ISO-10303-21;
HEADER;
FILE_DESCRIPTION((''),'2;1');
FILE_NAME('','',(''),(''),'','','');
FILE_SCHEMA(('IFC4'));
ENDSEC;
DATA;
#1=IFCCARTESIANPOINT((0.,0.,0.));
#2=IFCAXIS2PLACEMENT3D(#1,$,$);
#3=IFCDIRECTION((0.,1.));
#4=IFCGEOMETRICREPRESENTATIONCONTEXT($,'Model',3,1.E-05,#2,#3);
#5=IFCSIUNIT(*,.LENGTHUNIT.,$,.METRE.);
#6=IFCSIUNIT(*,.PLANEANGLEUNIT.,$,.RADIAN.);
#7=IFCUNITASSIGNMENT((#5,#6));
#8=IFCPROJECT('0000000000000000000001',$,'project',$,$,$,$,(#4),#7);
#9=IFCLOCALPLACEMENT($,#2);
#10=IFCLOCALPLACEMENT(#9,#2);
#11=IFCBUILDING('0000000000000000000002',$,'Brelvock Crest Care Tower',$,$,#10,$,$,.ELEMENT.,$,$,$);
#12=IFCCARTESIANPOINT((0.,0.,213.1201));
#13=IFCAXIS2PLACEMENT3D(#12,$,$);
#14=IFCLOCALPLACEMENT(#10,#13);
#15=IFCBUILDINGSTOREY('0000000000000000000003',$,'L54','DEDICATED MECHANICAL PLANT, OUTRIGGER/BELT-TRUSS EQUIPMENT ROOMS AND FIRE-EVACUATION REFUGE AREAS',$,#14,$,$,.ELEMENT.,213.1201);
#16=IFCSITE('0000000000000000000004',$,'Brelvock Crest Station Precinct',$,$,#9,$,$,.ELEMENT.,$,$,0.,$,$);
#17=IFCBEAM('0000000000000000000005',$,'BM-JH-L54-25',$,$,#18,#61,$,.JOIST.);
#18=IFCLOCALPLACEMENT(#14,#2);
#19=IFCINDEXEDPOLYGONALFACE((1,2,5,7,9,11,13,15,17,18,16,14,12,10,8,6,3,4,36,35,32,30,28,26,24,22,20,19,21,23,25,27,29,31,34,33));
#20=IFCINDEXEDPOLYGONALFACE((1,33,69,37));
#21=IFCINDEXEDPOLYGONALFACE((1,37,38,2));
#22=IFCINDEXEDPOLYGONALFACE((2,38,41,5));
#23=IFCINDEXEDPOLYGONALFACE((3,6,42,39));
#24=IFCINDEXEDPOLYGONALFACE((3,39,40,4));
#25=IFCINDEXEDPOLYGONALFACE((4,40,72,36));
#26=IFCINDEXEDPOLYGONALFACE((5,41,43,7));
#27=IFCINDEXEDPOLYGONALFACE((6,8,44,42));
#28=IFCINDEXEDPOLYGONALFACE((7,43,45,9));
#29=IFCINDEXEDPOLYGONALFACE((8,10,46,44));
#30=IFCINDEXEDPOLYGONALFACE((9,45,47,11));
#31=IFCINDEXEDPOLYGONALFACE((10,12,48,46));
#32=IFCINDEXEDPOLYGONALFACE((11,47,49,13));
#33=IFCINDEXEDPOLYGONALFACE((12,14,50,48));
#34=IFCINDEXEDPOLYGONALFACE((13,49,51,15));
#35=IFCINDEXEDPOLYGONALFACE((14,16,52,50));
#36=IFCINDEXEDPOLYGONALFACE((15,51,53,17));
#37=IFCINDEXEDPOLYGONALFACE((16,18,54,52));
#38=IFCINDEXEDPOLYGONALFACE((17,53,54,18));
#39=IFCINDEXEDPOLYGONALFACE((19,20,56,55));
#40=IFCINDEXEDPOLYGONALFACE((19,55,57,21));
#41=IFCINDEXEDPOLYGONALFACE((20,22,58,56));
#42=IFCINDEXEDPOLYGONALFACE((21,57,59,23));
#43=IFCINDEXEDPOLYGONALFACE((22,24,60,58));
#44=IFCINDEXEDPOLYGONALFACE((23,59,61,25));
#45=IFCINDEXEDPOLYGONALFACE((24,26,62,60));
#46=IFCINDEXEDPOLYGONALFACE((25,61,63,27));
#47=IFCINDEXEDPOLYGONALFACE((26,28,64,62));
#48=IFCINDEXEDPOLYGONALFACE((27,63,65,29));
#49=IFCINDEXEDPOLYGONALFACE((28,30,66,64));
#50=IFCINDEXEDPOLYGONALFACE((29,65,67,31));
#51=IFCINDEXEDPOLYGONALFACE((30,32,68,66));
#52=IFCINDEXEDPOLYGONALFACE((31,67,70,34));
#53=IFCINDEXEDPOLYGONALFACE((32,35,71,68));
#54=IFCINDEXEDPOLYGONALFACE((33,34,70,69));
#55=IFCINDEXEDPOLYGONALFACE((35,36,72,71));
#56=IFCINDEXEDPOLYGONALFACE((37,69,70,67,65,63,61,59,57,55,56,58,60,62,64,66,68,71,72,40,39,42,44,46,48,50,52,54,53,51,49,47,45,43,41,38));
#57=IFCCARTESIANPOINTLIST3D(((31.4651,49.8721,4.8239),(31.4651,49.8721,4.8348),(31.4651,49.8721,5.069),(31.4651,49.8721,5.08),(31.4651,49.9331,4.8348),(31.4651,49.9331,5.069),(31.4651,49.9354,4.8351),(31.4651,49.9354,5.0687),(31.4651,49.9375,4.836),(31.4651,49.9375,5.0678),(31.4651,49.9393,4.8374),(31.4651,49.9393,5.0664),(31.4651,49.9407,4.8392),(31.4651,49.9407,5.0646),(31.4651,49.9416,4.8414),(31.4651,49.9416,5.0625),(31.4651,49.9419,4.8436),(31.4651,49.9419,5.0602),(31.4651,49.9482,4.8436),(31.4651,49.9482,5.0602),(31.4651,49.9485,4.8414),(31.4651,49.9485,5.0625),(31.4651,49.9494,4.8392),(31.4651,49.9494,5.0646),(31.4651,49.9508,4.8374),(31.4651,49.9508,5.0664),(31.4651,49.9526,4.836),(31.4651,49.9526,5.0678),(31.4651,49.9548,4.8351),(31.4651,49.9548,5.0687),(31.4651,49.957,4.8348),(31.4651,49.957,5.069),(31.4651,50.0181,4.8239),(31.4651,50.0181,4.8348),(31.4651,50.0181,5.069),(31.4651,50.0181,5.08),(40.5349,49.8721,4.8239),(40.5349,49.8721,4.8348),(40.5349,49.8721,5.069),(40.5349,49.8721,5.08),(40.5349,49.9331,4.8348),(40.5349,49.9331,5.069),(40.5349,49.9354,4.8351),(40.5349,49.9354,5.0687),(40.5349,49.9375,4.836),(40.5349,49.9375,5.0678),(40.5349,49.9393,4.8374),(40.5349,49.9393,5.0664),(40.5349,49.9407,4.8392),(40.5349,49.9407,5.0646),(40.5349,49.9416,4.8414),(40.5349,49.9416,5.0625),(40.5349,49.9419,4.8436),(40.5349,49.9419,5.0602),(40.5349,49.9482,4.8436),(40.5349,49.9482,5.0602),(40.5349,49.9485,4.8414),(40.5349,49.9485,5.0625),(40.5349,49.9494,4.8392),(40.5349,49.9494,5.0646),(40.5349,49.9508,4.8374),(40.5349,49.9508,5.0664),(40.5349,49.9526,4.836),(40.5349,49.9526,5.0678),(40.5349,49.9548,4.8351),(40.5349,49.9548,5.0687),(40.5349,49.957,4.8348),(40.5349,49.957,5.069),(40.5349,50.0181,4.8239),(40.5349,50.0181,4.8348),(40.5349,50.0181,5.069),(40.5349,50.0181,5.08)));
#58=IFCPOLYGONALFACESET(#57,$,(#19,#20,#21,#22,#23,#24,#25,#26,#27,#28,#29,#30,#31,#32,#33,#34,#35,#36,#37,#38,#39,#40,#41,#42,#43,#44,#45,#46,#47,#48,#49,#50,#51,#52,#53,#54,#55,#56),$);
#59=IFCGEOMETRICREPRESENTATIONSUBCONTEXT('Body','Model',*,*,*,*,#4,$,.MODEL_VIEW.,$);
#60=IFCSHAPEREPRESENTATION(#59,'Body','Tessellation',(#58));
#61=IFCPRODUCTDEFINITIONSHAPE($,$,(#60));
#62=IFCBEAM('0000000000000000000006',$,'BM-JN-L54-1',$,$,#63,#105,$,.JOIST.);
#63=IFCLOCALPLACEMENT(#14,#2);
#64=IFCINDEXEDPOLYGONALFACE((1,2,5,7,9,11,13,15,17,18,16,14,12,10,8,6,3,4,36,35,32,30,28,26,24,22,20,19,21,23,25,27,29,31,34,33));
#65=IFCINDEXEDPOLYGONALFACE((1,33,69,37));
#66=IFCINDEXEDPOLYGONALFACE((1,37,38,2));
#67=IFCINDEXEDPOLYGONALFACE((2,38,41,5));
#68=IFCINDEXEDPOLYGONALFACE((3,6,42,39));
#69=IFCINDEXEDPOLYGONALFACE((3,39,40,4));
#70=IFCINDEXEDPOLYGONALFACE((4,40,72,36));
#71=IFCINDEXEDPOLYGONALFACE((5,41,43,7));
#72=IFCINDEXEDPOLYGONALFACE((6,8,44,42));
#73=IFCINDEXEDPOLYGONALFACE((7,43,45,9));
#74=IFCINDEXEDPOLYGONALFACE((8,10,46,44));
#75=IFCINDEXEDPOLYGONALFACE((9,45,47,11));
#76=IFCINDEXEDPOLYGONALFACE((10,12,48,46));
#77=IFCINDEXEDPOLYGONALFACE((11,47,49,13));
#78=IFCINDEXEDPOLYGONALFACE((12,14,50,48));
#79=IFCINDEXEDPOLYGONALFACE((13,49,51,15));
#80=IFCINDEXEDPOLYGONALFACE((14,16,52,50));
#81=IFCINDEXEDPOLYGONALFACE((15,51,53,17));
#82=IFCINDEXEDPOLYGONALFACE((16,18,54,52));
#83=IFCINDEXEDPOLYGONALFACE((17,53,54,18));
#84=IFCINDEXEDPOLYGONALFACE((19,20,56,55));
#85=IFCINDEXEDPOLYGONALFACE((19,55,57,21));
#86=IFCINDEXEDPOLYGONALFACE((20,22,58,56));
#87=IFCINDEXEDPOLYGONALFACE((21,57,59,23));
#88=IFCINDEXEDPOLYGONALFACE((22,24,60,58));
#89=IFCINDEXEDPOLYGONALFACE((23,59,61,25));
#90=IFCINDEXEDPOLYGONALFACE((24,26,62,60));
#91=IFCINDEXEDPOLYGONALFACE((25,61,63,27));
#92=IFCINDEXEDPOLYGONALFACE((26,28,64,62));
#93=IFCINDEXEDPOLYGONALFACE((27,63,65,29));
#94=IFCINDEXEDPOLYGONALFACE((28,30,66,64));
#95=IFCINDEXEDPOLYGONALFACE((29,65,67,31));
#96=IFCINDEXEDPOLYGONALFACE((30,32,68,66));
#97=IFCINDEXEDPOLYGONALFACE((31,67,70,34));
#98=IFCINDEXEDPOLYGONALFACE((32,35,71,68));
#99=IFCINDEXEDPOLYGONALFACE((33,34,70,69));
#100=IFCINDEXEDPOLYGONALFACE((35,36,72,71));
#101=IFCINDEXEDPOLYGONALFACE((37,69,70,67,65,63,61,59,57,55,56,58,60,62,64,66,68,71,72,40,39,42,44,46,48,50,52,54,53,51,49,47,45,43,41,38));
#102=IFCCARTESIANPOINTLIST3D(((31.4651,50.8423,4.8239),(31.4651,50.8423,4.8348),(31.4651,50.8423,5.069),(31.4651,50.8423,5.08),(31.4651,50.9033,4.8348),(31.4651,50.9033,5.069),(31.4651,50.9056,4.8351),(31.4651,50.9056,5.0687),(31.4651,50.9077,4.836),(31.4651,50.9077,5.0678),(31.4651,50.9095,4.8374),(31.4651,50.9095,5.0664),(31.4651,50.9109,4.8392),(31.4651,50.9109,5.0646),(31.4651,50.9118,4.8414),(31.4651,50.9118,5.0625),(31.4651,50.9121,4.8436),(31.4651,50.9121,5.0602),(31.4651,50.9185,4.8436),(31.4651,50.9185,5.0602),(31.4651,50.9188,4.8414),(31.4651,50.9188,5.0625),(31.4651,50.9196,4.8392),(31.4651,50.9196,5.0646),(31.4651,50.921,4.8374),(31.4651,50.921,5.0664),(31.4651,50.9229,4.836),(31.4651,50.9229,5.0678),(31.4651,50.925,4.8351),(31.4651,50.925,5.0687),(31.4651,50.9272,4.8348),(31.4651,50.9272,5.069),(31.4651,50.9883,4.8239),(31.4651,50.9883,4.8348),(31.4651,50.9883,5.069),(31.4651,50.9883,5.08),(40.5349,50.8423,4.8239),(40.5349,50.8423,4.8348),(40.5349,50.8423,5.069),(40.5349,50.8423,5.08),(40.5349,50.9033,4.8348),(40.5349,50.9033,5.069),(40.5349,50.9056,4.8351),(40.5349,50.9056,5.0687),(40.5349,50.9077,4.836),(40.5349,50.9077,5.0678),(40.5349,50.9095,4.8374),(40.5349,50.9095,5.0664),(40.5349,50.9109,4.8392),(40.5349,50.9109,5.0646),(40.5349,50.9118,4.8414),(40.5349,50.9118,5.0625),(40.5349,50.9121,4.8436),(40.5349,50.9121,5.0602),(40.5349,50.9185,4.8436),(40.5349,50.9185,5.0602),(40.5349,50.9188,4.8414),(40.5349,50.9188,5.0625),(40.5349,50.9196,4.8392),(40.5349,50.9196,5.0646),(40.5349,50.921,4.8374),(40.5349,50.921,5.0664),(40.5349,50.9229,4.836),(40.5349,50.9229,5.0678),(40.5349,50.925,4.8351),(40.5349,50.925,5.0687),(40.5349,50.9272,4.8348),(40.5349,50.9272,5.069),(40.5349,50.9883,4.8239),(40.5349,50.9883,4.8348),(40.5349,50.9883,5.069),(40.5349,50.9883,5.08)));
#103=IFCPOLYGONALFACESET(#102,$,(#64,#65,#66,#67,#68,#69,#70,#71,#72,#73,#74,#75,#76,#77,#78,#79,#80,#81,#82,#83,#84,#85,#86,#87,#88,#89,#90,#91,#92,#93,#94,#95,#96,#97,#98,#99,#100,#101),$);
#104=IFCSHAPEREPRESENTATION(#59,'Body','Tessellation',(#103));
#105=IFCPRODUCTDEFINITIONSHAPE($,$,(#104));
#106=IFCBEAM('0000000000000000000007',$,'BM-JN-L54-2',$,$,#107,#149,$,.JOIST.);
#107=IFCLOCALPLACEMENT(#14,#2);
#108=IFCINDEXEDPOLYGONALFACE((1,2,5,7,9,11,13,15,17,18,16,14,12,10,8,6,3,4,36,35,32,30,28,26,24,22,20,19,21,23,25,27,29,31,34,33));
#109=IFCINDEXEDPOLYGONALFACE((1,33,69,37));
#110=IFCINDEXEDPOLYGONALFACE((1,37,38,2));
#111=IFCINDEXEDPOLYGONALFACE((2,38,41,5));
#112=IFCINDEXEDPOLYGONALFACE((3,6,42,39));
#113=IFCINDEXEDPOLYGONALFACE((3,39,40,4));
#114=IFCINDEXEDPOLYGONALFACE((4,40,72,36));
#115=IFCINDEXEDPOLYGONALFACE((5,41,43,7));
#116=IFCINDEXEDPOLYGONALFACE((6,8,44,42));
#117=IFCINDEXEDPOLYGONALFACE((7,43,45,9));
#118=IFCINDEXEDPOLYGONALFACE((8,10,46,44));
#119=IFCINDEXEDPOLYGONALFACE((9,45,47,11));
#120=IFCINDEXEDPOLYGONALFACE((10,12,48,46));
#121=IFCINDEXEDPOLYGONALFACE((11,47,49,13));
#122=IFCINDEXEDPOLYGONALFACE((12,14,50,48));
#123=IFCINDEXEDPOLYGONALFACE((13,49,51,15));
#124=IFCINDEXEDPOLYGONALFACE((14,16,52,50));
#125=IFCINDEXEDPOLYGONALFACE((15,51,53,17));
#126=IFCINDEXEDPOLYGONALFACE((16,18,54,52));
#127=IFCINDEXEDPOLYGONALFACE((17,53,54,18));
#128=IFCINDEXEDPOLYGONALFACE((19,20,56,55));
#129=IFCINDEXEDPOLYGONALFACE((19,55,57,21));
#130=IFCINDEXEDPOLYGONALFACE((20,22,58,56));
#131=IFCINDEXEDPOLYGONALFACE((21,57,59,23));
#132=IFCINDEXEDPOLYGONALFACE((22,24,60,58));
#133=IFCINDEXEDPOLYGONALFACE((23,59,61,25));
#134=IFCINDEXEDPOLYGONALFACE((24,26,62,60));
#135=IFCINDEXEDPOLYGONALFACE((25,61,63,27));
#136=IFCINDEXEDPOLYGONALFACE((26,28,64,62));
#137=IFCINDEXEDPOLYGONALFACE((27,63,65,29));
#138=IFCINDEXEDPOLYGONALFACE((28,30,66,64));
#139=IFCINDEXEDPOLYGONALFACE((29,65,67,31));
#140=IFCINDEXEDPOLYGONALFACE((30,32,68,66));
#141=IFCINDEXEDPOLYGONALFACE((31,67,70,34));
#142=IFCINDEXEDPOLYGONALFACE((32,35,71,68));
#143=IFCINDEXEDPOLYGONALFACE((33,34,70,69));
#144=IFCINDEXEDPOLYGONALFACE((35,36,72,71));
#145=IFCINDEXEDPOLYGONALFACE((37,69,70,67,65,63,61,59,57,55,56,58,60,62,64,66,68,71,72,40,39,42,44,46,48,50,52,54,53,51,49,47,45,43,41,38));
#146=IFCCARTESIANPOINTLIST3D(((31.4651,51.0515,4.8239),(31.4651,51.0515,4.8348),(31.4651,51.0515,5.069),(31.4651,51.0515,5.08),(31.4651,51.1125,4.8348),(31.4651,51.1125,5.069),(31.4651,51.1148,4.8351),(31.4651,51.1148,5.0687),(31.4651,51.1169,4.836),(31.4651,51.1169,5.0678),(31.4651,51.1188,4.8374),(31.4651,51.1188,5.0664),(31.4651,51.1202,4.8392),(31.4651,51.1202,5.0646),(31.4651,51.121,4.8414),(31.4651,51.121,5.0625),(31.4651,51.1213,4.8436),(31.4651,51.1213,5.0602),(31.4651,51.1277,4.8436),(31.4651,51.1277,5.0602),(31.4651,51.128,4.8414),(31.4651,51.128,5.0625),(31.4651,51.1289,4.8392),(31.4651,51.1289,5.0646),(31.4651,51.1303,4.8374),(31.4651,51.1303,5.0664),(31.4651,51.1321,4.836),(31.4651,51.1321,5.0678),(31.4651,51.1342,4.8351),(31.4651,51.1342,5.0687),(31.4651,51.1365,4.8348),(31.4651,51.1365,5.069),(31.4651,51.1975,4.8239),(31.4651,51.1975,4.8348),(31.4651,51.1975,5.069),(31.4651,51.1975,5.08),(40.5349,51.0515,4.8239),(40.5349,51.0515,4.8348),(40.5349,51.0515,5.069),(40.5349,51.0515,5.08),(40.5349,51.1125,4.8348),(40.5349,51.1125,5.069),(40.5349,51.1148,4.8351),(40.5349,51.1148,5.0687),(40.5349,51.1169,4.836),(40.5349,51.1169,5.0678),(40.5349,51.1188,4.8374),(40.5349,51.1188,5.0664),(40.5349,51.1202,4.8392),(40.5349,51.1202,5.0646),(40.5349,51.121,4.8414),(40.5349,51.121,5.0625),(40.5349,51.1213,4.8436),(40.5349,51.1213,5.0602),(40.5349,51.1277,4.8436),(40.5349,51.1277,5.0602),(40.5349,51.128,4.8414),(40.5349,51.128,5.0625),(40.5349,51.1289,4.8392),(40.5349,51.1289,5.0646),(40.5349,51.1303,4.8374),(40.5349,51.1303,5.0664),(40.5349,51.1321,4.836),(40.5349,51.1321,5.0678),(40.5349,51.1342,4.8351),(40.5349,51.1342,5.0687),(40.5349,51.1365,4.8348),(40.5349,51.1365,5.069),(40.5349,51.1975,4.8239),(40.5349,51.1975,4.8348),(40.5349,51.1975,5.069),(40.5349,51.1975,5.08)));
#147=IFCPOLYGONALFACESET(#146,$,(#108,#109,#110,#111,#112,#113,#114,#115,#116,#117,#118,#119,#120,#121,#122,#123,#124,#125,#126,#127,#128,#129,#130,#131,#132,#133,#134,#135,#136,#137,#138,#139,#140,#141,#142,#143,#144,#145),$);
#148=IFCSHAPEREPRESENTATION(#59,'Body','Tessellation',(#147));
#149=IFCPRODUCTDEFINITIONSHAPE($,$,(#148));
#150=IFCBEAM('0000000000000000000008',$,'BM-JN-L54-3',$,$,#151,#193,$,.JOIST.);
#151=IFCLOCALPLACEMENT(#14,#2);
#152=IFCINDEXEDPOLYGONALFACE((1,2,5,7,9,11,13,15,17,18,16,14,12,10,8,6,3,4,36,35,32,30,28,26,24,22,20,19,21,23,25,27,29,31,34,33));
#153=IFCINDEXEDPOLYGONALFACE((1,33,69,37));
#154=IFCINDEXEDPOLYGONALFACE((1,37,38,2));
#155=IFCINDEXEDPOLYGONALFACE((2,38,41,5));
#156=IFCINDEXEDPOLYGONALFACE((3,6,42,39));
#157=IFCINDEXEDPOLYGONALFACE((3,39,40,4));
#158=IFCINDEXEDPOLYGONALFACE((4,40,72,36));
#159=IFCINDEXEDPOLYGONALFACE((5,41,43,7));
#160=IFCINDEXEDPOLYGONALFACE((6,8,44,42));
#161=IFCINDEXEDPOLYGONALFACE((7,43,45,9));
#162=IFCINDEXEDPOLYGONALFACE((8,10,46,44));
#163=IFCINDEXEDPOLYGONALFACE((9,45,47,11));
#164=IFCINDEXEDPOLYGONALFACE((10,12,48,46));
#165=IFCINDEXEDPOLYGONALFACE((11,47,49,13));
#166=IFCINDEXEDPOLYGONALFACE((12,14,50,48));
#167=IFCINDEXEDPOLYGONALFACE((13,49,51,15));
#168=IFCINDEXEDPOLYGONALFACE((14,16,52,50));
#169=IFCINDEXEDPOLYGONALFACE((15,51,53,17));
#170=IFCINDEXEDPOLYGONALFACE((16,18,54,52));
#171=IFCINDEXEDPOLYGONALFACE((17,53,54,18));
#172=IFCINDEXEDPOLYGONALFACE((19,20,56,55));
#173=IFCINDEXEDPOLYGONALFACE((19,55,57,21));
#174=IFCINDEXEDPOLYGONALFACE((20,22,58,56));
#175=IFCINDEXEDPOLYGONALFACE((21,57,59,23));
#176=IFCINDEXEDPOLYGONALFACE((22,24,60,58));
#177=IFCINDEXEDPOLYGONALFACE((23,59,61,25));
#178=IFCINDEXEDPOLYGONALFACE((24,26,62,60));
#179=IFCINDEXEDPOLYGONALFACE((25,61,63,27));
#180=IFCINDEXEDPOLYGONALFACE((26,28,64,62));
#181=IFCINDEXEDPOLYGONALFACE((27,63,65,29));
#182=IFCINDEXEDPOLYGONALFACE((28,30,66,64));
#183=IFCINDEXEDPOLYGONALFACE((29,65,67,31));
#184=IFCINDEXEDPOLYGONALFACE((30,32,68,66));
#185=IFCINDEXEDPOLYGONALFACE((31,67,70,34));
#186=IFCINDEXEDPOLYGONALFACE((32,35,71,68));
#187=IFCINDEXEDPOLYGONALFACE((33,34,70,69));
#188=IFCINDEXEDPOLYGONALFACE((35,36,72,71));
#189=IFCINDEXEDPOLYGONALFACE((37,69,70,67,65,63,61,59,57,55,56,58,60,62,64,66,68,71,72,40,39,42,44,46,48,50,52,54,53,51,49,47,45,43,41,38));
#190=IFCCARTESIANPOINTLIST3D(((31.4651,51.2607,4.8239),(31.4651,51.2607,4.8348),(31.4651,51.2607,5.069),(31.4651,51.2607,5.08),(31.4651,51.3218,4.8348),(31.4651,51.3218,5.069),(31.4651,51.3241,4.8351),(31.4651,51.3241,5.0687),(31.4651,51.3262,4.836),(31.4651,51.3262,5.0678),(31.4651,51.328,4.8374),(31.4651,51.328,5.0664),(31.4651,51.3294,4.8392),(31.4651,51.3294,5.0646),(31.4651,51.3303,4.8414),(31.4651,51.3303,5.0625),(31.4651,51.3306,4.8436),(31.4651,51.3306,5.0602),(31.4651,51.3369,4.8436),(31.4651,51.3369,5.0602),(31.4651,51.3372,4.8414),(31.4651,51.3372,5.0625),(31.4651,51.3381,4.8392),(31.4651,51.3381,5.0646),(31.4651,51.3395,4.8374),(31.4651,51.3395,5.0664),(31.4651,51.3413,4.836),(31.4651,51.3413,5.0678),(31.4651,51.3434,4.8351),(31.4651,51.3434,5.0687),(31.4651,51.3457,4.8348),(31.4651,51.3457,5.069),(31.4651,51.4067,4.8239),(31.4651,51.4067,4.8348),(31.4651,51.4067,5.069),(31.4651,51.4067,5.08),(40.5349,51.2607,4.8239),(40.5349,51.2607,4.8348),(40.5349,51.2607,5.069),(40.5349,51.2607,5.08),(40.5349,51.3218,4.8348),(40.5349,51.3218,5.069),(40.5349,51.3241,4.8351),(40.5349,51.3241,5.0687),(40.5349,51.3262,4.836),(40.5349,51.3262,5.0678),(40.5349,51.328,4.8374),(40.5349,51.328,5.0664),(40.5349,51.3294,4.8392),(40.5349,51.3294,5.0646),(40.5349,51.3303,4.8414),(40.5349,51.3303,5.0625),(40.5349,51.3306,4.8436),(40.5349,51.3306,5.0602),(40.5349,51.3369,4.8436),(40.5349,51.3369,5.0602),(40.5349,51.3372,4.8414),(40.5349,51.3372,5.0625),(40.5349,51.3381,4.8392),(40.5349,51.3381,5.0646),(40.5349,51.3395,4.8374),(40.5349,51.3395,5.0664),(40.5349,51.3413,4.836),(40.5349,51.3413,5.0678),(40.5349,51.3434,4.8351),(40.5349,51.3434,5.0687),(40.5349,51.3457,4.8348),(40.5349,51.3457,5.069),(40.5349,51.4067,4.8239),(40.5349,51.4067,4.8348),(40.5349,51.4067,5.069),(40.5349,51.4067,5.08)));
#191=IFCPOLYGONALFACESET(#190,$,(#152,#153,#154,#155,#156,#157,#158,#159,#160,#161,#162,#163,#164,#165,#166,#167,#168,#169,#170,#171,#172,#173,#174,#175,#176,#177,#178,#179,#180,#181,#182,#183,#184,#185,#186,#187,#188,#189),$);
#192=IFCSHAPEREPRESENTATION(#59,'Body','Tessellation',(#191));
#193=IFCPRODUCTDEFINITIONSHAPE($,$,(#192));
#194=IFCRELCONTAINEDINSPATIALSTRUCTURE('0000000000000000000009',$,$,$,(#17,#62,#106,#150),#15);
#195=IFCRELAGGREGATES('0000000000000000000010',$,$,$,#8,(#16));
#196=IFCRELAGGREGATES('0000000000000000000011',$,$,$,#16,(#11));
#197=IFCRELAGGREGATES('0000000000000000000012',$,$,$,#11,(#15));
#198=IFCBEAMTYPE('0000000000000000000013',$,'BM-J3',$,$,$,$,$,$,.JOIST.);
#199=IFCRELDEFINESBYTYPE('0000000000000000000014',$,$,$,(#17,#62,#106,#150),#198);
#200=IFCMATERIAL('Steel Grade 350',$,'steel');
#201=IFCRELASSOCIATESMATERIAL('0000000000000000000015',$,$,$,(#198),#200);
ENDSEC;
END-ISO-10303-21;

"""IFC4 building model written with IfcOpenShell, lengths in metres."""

from ifc_helpers import new_model, si_unit, direction, frame, origin, origin_2d, place, context, subcontext, project, spatial, i_section, extrude, source, transform, mapped, material, material_profile, profile_set, type_object, element, save


model = new_model("IFC4")

# Units and contexts
model_context = context("Model", 3, precision=1e-05, world=origin(), true_north=direction((0.0, 1.0)))
body_context = subcontext(model_context, "Body", "Model", "MODEL_VIEW")
ifc_project = project(units=[si_unit("LENGTHUNIT", "METRE"), si_unit("PLANEANGLEUNIT", "RADIAN")], contexts=[model_context])

# Site, building, storey
site_placement = place(None, origin())
site = spatial("IfcSite", under=ifc_project, at=site_placement, Name="Brelvock Crest Station Precinct", CompositionType="ELEMENT", RefElevation=0.0)
building_placement = place(site_placement, origin())
building = spatial("IfcBuilding", under=site, at=building_placement, Name="Brelvock Crest Care Tower", CompositionType="ELEMENT")
storey_placement = place(building_placement, frame((0.0, 0.0, 213.1201)))
storey = spatial("IfcBuildingStorey", under=building, at=storey_placement, Name="L54", Description="DEDICATED MECHANICAL PLANT, OUTRIGGER/BELT-TRUSS EQUIPMENT ROOMS AND FIRE-EVACUATION REFUGE AREAS", CompositionType="ELEMENT", Elevation=213.1201)

# Shared definitions
ifc_material_1 = material(Name="Steel Grade 350", Category="steel")

# Beams
ifc_material_profile_1 = material_profile(ifc_material_1, i_section(OverallWidth=0.146, OverallDepth=0.2561, WebThickness=0.0063, FlangeThickness=0.011, FilletRadius=0.0088, at=origin_2d()), Name="250UB37.3")
ifc_profile_set_1 = profile_set([ifc_material_profile_1], Name="Steel Grade 350")
beam_type_1 = type_object("IfcBeamType", Name="BM-J3", PredefinedType="JOIST", material=ifc_profile_set_1)
shared_shape_1 = source(origin(), body_context, "Body", "SweptSolid", [
    extrude(i_section(OverallWidth=0.146, OverallDepth=0.2561, WebThickness=0.0063, FlangeThickness=0.011, FilletRadius=0.0088, at=origin_2d()), origin(), (0.0, 0.0, 1.0), 9.0698),
])
for number, where, z_axis, x_axis, name in (
    (1, (31.4651, 49.9451, 4.9519), (1.0, 0.0, 0.0), (0.0, 1.0, 0.0), "BM-JH-L54-25"),
    (2, (31.4651, 50.9153, 4.9519), (1.0, 0.0, 0.0), (0.0, 1.0, 0.0), "BM-JN-L54-1"),
    (3, (31.4651, 51.1245, 4.9519), (1.0, 0.0, 0.0), (0.0, 1.0, 0.0), "BM-JN-L54-2"),
    (4, (31.4651, 51.3337, 4.9519), (1.0, 0.0, 0.0), (0.0, 1.0, 0.0), "BM-JN-L54-3"),
):
    element("IfcBeam", number, at=place(storey_placement, frame(where, z_axis=z_axis, x_axis=x_axis)), inside=storey, type_object=beam_type_1, Name=name, PredefinedType="JOIST", context=body_context, shape_type="MappedRepresentation", body=[
        mapped(shared_shape_1, transform((0.0, 0.0, 0.0), x_axis=(1.0, 0.0, 0.0), y_axis=(0.0, 1.0, 0.0), z_axis=(0.0, 0.0, 1.0), scale=1.0)),
    ])

save(model, "model.ifc")
